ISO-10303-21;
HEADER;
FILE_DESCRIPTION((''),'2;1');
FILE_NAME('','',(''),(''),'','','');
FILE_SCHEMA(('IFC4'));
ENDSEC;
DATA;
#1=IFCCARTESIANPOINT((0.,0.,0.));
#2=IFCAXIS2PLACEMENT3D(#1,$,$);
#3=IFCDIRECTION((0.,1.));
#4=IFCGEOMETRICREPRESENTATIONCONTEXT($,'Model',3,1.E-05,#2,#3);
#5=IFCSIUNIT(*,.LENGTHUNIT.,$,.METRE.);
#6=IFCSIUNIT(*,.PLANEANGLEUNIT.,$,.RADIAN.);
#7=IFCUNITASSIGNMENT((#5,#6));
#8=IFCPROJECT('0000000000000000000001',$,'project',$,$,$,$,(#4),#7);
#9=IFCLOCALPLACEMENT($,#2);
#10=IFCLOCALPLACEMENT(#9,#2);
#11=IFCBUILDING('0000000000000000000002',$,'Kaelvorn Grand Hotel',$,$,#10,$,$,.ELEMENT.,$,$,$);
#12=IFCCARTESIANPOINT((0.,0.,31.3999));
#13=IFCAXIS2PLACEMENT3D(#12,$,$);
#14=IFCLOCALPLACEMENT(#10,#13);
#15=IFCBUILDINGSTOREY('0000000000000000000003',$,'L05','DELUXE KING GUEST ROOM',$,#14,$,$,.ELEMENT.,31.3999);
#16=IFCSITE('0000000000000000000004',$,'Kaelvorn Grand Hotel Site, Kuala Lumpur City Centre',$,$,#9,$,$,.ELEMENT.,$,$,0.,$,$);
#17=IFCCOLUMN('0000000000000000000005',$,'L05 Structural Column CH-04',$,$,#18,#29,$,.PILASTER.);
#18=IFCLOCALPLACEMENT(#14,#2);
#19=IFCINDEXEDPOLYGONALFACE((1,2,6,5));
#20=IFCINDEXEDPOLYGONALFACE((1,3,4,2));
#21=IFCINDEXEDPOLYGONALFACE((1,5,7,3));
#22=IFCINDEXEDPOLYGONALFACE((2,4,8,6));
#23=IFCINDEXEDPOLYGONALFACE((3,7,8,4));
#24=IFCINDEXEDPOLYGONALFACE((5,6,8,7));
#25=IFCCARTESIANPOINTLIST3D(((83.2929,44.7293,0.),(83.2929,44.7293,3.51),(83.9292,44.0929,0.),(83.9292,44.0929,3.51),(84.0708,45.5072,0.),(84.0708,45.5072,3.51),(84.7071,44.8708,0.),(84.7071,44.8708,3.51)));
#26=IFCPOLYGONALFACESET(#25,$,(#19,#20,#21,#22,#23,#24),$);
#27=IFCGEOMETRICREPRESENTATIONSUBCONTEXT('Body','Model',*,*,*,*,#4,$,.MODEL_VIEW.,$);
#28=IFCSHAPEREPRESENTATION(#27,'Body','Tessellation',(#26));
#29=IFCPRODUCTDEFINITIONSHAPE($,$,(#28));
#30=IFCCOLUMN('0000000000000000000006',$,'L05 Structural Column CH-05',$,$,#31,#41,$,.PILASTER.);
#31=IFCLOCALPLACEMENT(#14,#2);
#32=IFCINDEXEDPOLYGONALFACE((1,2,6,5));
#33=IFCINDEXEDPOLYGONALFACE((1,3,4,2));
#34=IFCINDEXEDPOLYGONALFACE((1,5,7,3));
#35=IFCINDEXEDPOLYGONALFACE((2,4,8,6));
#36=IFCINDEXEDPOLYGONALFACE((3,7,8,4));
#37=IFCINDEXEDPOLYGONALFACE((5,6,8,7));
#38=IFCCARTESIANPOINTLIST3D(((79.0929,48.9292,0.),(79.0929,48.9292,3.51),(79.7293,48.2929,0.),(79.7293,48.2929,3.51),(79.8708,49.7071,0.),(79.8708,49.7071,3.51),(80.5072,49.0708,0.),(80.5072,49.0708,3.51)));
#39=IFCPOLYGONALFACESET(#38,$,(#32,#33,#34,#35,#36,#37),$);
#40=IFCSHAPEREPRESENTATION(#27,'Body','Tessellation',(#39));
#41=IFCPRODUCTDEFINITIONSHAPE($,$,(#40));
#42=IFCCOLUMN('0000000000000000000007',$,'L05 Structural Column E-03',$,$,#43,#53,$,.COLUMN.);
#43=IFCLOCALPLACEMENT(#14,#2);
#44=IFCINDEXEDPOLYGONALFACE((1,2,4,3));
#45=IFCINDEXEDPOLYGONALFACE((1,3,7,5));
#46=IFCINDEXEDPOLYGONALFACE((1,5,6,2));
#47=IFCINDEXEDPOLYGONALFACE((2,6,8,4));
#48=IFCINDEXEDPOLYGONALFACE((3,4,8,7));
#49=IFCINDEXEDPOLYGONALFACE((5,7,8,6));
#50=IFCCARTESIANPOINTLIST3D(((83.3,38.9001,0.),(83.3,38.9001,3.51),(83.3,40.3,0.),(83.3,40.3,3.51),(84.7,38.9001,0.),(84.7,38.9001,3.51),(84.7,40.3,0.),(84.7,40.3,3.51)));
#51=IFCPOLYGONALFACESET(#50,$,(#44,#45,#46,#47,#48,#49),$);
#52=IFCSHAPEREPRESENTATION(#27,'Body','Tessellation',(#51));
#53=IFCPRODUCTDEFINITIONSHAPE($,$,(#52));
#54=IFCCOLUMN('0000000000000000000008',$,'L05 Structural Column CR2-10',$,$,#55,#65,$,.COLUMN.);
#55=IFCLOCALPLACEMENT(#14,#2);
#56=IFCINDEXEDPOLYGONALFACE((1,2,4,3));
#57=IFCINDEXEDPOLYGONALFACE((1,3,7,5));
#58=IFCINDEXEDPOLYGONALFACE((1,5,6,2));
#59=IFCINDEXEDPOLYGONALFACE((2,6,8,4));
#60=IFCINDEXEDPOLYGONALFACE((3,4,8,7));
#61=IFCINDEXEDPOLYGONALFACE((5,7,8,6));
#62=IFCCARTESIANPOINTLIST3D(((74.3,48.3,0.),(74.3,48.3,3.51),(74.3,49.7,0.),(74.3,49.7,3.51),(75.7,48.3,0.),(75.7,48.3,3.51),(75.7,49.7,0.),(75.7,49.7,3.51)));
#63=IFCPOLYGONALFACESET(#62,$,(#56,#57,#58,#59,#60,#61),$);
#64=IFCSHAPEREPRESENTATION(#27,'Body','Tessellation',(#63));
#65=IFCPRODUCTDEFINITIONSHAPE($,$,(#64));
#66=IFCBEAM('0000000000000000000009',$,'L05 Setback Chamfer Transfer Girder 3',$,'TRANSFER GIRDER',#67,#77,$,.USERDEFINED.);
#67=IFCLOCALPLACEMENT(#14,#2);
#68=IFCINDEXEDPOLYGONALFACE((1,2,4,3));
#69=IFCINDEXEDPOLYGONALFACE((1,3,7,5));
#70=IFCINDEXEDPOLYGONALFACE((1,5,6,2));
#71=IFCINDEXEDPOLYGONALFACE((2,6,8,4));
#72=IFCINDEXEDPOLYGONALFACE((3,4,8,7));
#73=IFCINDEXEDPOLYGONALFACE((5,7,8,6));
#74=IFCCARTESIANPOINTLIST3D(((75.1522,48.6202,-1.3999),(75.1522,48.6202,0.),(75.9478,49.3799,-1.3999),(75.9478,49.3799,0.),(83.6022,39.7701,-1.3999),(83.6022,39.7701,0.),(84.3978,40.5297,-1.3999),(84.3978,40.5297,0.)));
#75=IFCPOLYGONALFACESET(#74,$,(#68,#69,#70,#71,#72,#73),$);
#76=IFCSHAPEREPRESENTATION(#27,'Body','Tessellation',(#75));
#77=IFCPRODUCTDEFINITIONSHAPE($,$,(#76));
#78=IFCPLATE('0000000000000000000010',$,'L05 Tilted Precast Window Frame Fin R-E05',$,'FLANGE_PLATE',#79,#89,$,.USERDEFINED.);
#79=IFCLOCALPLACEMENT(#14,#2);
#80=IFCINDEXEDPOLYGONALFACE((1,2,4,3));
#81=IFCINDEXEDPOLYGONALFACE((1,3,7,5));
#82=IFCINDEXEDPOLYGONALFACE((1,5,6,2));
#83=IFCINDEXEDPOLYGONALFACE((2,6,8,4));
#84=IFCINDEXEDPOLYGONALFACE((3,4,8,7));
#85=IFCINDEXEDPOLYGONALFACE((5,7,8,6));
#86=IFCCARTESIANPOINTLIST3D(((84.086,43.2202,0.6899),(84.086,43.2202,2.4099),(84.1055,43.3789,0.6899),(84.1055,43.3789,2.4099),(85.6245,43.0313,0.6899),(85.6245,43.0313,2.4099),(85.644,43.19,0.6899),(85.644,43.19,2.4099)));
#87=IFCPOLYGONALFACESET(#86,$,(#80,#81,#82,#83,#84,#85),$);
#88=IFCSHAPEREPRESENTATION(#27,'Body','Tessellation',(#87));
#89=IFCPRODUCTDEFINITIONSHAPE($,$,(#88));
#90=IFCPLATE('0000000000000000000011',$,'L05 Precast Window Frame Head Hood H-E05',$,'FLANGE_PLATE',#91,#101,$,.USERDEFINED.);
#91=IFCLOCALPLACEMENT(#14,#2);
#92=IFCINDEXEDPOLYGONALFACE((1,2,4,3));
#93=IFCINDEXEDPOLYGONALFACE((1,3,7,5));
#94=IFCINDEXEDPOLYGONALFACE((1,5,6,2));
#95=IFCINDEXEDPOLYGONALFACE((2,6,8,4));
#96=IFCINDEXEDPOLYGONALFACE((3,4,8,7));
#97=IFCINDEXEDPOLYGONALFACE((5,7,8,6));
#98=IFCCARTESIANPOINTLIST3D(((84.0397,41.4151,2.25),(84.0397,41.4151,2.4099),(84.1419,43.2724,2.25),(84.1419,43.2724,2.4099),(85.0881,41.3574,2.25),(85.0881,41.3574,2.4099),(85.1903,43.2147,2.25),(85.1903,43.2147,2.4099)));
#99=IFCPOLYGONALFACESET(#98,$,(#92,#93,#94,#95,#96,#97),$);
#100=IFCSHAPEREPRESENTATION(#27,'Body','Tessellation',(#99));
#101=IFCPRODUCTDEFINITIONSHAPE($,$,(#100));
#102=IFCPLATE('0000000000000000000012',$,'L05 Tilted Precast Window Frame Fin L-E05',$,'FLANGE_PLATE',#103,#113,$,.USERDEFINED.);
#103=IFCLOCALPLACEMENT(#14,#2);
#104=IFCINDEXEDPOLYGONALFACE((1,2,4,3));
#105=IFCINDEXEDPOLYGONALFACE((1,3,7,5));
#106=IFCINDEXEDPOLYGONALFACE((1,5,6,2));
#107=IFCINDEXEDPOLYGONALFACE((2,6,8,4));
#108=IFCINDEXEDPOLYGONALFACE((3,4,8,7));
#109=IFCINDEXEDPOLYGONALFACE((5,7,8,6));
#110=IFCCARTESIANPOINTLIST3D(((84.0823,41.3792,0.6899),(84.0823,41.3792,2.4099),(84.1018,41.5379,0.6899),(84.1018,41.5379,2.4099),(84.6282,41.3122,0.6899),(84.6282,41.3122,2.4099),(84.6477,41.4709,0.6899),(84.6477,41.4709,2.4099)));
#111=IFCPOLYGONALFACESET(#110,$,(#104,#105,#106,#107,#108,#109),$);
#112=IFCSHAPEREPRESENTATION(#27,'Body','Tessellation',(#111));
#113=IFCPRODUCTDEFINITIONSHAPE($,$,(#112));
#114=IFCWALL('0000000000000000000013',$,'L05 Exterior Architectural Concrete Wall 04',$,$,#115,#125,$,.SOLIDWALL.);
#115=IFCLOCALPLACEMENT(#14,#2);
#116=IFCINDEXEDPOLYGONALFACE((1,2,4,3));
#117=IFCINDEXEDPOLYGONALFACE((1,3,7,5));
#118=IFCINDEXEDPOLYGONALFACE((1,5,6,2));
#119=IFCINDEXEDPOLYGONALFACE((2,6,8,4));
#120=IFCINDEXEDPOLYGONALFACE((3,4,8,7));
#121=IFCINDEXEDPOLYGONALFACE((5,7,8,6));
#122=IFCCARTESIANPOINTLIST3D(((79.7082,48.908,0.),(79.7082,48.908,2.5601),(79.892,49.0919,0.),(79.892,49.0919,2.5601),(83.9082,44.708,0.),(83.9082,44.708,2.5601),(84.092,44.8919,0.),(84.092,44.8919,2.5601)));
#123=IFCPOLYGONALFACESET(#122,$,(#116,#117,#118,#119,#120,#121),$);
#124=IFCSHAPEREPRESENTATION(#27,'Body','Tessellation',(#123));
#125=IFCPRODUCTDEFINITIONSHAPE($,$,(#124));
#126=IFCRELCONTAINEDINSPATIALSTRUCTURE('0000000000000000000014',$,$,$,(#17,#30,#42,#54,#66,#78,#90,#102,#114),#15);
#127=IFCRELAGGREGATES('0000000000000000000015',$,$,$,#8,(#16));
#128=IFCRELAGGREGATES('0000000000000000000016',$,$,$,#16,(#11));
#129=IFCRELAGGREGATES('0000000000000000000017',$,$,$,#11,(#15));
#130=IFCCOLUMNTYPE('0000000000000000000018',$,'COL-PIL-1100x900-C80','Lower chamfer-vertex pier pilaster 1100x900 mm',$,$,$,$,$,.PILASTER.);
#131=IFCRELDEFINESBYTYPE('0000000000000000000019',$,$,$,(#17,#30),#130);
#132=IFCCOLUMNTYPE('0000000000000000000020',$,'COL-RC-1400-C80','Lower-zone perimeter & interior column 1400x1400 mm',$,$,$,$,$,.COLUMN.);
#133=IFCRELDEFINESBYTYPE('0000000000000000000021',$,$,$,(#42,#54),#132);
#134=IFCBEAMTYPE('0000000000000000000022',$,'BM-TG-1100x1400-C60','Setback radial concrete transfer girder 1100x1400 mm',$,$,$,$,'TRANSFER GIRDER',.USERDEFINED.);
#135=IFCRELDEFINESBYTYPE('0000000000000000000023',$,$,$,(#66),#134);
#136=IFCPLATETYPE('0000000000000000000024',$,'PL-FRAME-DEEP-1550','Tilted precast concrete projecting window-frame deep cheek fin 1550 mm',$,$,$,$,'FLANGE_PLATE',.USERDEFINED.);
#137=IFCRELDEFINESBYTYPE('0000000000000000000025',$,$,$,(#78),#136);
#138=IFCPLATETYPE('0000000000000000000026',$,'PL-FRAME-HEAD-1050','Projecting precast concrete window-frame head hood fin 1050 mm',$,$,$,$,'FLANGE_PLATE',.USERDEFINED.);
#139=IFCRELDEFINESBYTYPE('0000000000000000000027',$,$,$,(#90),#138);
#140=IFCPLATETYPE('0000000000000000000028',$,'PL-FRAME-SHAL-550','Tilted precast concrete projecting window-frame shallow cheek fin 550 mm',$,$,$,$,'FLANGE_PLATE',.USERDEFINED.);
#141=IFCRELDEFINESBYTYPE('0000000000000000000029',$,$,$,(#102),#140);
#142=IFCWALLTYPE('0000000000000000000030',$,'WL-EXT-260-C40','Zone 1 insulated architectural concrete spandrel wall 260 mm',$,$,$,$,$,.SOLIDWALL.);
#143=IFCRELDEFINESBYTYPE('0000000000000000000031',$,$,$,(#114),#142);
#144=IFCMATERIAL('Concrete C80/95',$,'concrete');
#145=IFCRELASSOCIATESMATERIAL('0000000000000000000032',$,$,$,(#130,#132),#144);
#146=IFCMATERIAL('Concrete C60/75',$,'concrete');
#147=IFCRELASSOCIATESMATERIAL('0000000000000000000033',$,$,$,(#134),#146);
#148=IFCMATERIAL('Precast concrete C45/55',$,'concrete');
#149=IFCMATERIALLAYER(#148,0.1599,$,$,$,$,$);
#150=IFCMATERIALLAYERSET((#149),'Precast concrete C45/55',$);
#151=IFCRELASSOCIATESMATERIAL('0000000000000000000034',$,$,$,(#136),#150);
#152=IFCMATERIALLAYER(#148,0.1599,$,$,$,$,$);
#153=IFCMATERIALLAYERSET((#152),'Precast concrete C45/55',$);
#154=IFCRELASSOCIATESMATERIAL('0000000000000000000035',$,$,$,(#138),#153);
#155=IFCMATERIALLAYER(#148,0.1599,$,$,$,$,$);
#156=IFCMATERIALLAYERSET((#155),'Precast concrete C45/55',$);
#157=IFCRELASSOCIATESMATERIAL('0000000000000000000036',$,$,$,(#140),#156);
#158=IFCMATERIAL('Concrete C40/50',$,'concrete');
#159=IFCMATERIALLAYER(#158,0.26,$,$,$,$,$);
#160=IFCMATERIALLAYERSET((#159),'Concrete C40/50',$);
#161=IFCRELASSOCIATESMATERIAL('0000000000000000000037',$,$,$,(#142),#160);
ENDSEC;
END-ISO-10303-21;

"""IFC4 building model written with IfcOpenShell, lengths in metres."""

from ifc_helpers import new_model, si_unit, direction, frame, frame_2d, origin, origin_2d, place, context, subcontext, project, spatial, rectangle, extrude, material, layer, layer_set, material_profile, profile_set, type_object, element, save


model = new_model("IFC4")

# Units and contexts
model_context = context("Model", 3, precision=1e-05, world=origin(), true_north=direction((0.0, 1.0)))
body_context = subcontext(model_context, "Body", "Model", "MODEL_VIEW")
ifc_project = project(units=[si_unit("LENGTHUNIT", "METRE"), si_unit("PLANEANGLEUNIT", "RADIAN")], contexts=[model_context])

# Site, building, storey
site_placement = place(None, origin())
site = spatial("IfcSite", under=ifc_project, at=site_placement, Name="Kaelvorn Grand Hotel Site, Kuala Lumpur City Centre", CompositionType="ELEMENT", RefElevation=0.0)
building_placement = place(site_placement, origin())
building = spatial("IfcBuilding", under=site, at=building_placement, Name="Kaelvorn Grand Hotel", CompositionType="ELEMENT")
storey_placement = place(building_placement, frame((0.0, 0.0, 31.3999)))
storey = spatial("IfcBuildingStorey", under=building, at=storey_placement, Name="L05", Description="DELUXE KING GUEST ROOM", CompositionType="ELEMENT", Elevation=31.3999)

# Columns
ifc_material_1 = material(Name="Concrete C80/95", Category="concrete")
ifc_material_profile_1 = material_profile(ifc_material_1, rectangle(XDim=1.1001, YDim=0.8999, at=origin_2d()), Name="RC PILASTER 1100x900")
ifc_profile_set_1 = profile_set([ifc_material_profile_1], Name="Concrete C80/95")
column_type_1 = type_object("IfcColumnType", Name="COL-PIL-1100x900-C80", Description="Lower chamfer-vertex pier pilaster 1100x900 mm", PredefinedType="PILASTER", material=ifc_profile_set_1)
for number, where, z_axis, x_axis, name in (
    (1, (84.0, 44.8, 0.0), (0.0, 0.0, 1.0), (0.707107, 0.707107, 0.0), "L05 Structural Column CH-04"),
    (2, (79.8, 49.0, 0.0), (0.0, 0.0, 1.0), (0.707107, 0.707107, 0.0), "L05 Structural Column CH-05"),
):
    element("IfcColumn", number, at=place(storey_placement, frame(where, z_axis=z_axis, x_axis=x_axis)), inside=storey, type_object=column_type_1, Name=name, PredefinedType="PILASTER", context=body_context, shape_type="SweptSolid", body=[
        extrude(rectangle(XDim=1.1001, YDim=0.8999, at=origin_2d()), origin(), (0.0, 0.0, 1.0), 3.51),
    ])
ifc_material_profile_2 = material_profile(ifc_material_1, rectangle(XDim=1.3999, YDim=1.3999, at=origin_2d()), Name="RC COL 1400x1400")
ifc_profile_set_2 = profile_set([ifc_material_profile_2], Name="Concrete C80/95")
column_type_2 = type_object("IfcColumnType", Name="COL-RC-1400-C80", Description="Lower-zone perimeter & interior column 1400x1400 mm", PredefinedType="COLUMN", material=ifc_profile_set_2)
for number, where, z_axis, x_axis, name in (
    (3, (84.0, 39.6001, 0.0), (0.0, 0.0, 1.0), (1.0, 0.0, 0.0), "L05 Structural Column E-03"),
    (4, (75.0, 49.0, 0.0), (0.0, 0.0, 1.0), (1.0, 0.0, 0.0), "L05 Structural Column CR2-10"),
):
    element("IfcColumn", number, at=place(storey_placement, frame(where, z_axis=z_axis, x_axis=x_axis)), inside=storey, type_object=column_type_2, Name=name, PredefinedType="COLUMN", context=body_context, shape_type="SweptSolid", body=[
        extrude(rectangle(XDim=1.3999, YDim=1.3999, at=origin_2d()), origin(), (0.0, 0.0, 1.0), 3.51),
    ])

# Beam
ifc_material_2 = material(Name="Concrete C60/75", Category="concrete")
ifc_material_profile_3 = material_profile(ifc_material_2, rectangle(XDim=1.1001, YDim=1.3999, at=origin_2d()), Name="RC TG 1100x1400")
ifc_profile_set_3 = profile_set([ifc_material_profile_3], Name="Concrete C60/75")
beam_type = type_object("IfcBeamType", Name="BM-TG-1100x1400-C60", Description="Setback radial concrete transfer girder 1100x1400 mm", ElementType="TRANSFER GIRDER", PredefinedType="USERDEFINED", material=ifc_profile_set_3)
beam_placement = place(storey_placement, frame((84.0, 40.1499, -0.7), z_axis=(-0.690567, 0.723269, 0.0), x_axis=(-0.723269, -0.690567, 0.0)))
element("IfcBeam", 5, at=beam_placement, inside=storey, type_object=beam_type, Name="L05 Setback Chamfer Transfer Girder 3", ObjectType="TRANSFER GIRDER", PredefinedType="USERDEFINED", context=body_context, shape_type="SweptSolid", body=[
    extrude(rectangle(XDim=1.1001, YDim=1.3999, at=origin_2d()), origin(), (0.0, 0.0, 1.0), 12.2363),
])

# Plates
ifc_material_3 = material(Name="Precast concrete C45/55", Category="concrete")
ifc_layer_1 = layer(ifc_material_3, 0.1599)
ifc_layer_set_1 = layer_set([ifc_layer_1], Name="Precast concrete C45/55")
plate_type_1 = type_object("IfcPlateType", Name="PL-FRAME-DEEP-1550", Description="Tilted precast concrete projecting window-frame deep cheek fin 1550 mm", ElementType="FLANGE_PLATE", PredefinedType="USERDEFINED", material=ifc_layer_set_1)
plate_1_placement = place(storey_placement, frame((84.865, 43.2051, 0.6899), z_axis=(0.0, 0.0, 1.0), x_axis=(0.121869, 0.992546, 0.0)))
element("IfcPlate", 6, at=plate_1_placement, inside=storey, type_object=plate_type_1, Name="L05 Tilted Precast Window Frame Fin R-E05", ObjectType="FLANGE_PLATE", PredefinedType="USERDEFINED", context=body_context, shape_type="SweptSolid", body=[
    extrude(rectangle(XDim=0.1599, YDim=1.55, at=origin_2d()), origin(), (0.0, 0.0, 1.0), 1.72),
])
ifc_layer_2 = layer(ifc_material_3, 0.1599)
ifc_layer_set_2 = layer_set([ifc_layer_2], Name="Precast concrete C45/55")
plate_type_2 = type_object("IfcPlateType", Name="PL-FRAME-HEAD-1050", Description="Projecting precast concrete window-frame head hood fin 1050 mm", ElementType="FLANGE_PLATE", PredefinedType="USERDEFINED", material=ifc_layer_set_2)
plate_2_placement = place(storey_placement, frame((84.615, 42.3149, 2.25), z_axis=(0.0, 0.0, 1.0), x_axis=(0.05495, 0.998489, 0.0)))
element("IfcPlate", 7, at=plate_2_placement, inside=storey, type_object=plate_type_2, Name="L05 Precast Window Frame Head Hood H-E05", ObjectType="FLANGE_PLATE", PredefinedType="USERDEFINED", context=body_context, shape_type="SweptSolid", body=[
    extrude(rectangle(XDim=1.8601, YDim=1.05, at=origin_2d()), origin(), (0.0, 0.0, 1.0), 0.1599),
])
ifc_layer_3 = layer(ifc_material_3, 0.1599)
ifc_layer_set_3 = layer_set([ifc_layer_3], Name="Precast concrete C45/55")
plate_type_3 = type_object("IfcPlateType", Name="PL-FRAME-SHAL-550", Description="Tilted precast concrete projecting window-frame shallow cheek fin 550 mm", ElementType="FLANGE_PLATE", PredefinedType="USERDEFINED", material=ifc_layer_set_3)
plate_3_placement = place(storey_placement, frame((84.365, 41.425, 0.6899), z_axis=(0.0, 0.0, 1.0), x_axis=(0.121869, 0.992546, 0.0)))
element("IfcPlate", 8, at=plate_3_placement, inside=storey, type_object=plate_type_3, Name="L05 Tilted Precast Window Frame Fin L-E05", ObjectType="FLANGE_PLATE", PredefinedType="USERDEFINED", context=body_context, shape_type="SweptSolid", body=[
    extrude(rectangle(XDim=0.1599, YDim=0.55, at=origin_2d()), origin(), (0.0, 0.0, 1.0), 1.72),
])

# Wall
ifc_material_4 = material(Name="Concrete C40/50", Category="concrete")
ifc_layer_4 = layer(ifc_material_4, 0.26)
ifc_layer_set_4 = layer_set([ifc_layer_4], Name="Concrete C40/50")
wall_type_1 = type_object("IfcWallType", Name="WL-EXT-260-C40", Description="Zone 1 insulated architectural concrete spandrel wall 260 mm", PredefinedType="SOLIDWALL", material=ifc_layer_set_4)
wall_1_placement = place(storey_placement, frame((84.0, 44.8, 0.0), z_axis=(0.0, 0.0, 1.0), x_axis=(-0.707107, 0.707107, 0.0)))
element("IfcWall", 9, at=wall_1_placement, inside=storey, type_object=wall_type_1, Name="L05 Exterior Architectural Concrete Wall 04", PredefinedType="SOLIDWALL", context=body_context, shape_type="SweptSolid", body=[
    extrude(rectangle(XDim=5.9397, YDim=0.26, at=frame_2d((2.9697, 0.0))), origin(), (0.0, 0.0, 1.0), 2.5601),
])

save(model, "model.ifc")
